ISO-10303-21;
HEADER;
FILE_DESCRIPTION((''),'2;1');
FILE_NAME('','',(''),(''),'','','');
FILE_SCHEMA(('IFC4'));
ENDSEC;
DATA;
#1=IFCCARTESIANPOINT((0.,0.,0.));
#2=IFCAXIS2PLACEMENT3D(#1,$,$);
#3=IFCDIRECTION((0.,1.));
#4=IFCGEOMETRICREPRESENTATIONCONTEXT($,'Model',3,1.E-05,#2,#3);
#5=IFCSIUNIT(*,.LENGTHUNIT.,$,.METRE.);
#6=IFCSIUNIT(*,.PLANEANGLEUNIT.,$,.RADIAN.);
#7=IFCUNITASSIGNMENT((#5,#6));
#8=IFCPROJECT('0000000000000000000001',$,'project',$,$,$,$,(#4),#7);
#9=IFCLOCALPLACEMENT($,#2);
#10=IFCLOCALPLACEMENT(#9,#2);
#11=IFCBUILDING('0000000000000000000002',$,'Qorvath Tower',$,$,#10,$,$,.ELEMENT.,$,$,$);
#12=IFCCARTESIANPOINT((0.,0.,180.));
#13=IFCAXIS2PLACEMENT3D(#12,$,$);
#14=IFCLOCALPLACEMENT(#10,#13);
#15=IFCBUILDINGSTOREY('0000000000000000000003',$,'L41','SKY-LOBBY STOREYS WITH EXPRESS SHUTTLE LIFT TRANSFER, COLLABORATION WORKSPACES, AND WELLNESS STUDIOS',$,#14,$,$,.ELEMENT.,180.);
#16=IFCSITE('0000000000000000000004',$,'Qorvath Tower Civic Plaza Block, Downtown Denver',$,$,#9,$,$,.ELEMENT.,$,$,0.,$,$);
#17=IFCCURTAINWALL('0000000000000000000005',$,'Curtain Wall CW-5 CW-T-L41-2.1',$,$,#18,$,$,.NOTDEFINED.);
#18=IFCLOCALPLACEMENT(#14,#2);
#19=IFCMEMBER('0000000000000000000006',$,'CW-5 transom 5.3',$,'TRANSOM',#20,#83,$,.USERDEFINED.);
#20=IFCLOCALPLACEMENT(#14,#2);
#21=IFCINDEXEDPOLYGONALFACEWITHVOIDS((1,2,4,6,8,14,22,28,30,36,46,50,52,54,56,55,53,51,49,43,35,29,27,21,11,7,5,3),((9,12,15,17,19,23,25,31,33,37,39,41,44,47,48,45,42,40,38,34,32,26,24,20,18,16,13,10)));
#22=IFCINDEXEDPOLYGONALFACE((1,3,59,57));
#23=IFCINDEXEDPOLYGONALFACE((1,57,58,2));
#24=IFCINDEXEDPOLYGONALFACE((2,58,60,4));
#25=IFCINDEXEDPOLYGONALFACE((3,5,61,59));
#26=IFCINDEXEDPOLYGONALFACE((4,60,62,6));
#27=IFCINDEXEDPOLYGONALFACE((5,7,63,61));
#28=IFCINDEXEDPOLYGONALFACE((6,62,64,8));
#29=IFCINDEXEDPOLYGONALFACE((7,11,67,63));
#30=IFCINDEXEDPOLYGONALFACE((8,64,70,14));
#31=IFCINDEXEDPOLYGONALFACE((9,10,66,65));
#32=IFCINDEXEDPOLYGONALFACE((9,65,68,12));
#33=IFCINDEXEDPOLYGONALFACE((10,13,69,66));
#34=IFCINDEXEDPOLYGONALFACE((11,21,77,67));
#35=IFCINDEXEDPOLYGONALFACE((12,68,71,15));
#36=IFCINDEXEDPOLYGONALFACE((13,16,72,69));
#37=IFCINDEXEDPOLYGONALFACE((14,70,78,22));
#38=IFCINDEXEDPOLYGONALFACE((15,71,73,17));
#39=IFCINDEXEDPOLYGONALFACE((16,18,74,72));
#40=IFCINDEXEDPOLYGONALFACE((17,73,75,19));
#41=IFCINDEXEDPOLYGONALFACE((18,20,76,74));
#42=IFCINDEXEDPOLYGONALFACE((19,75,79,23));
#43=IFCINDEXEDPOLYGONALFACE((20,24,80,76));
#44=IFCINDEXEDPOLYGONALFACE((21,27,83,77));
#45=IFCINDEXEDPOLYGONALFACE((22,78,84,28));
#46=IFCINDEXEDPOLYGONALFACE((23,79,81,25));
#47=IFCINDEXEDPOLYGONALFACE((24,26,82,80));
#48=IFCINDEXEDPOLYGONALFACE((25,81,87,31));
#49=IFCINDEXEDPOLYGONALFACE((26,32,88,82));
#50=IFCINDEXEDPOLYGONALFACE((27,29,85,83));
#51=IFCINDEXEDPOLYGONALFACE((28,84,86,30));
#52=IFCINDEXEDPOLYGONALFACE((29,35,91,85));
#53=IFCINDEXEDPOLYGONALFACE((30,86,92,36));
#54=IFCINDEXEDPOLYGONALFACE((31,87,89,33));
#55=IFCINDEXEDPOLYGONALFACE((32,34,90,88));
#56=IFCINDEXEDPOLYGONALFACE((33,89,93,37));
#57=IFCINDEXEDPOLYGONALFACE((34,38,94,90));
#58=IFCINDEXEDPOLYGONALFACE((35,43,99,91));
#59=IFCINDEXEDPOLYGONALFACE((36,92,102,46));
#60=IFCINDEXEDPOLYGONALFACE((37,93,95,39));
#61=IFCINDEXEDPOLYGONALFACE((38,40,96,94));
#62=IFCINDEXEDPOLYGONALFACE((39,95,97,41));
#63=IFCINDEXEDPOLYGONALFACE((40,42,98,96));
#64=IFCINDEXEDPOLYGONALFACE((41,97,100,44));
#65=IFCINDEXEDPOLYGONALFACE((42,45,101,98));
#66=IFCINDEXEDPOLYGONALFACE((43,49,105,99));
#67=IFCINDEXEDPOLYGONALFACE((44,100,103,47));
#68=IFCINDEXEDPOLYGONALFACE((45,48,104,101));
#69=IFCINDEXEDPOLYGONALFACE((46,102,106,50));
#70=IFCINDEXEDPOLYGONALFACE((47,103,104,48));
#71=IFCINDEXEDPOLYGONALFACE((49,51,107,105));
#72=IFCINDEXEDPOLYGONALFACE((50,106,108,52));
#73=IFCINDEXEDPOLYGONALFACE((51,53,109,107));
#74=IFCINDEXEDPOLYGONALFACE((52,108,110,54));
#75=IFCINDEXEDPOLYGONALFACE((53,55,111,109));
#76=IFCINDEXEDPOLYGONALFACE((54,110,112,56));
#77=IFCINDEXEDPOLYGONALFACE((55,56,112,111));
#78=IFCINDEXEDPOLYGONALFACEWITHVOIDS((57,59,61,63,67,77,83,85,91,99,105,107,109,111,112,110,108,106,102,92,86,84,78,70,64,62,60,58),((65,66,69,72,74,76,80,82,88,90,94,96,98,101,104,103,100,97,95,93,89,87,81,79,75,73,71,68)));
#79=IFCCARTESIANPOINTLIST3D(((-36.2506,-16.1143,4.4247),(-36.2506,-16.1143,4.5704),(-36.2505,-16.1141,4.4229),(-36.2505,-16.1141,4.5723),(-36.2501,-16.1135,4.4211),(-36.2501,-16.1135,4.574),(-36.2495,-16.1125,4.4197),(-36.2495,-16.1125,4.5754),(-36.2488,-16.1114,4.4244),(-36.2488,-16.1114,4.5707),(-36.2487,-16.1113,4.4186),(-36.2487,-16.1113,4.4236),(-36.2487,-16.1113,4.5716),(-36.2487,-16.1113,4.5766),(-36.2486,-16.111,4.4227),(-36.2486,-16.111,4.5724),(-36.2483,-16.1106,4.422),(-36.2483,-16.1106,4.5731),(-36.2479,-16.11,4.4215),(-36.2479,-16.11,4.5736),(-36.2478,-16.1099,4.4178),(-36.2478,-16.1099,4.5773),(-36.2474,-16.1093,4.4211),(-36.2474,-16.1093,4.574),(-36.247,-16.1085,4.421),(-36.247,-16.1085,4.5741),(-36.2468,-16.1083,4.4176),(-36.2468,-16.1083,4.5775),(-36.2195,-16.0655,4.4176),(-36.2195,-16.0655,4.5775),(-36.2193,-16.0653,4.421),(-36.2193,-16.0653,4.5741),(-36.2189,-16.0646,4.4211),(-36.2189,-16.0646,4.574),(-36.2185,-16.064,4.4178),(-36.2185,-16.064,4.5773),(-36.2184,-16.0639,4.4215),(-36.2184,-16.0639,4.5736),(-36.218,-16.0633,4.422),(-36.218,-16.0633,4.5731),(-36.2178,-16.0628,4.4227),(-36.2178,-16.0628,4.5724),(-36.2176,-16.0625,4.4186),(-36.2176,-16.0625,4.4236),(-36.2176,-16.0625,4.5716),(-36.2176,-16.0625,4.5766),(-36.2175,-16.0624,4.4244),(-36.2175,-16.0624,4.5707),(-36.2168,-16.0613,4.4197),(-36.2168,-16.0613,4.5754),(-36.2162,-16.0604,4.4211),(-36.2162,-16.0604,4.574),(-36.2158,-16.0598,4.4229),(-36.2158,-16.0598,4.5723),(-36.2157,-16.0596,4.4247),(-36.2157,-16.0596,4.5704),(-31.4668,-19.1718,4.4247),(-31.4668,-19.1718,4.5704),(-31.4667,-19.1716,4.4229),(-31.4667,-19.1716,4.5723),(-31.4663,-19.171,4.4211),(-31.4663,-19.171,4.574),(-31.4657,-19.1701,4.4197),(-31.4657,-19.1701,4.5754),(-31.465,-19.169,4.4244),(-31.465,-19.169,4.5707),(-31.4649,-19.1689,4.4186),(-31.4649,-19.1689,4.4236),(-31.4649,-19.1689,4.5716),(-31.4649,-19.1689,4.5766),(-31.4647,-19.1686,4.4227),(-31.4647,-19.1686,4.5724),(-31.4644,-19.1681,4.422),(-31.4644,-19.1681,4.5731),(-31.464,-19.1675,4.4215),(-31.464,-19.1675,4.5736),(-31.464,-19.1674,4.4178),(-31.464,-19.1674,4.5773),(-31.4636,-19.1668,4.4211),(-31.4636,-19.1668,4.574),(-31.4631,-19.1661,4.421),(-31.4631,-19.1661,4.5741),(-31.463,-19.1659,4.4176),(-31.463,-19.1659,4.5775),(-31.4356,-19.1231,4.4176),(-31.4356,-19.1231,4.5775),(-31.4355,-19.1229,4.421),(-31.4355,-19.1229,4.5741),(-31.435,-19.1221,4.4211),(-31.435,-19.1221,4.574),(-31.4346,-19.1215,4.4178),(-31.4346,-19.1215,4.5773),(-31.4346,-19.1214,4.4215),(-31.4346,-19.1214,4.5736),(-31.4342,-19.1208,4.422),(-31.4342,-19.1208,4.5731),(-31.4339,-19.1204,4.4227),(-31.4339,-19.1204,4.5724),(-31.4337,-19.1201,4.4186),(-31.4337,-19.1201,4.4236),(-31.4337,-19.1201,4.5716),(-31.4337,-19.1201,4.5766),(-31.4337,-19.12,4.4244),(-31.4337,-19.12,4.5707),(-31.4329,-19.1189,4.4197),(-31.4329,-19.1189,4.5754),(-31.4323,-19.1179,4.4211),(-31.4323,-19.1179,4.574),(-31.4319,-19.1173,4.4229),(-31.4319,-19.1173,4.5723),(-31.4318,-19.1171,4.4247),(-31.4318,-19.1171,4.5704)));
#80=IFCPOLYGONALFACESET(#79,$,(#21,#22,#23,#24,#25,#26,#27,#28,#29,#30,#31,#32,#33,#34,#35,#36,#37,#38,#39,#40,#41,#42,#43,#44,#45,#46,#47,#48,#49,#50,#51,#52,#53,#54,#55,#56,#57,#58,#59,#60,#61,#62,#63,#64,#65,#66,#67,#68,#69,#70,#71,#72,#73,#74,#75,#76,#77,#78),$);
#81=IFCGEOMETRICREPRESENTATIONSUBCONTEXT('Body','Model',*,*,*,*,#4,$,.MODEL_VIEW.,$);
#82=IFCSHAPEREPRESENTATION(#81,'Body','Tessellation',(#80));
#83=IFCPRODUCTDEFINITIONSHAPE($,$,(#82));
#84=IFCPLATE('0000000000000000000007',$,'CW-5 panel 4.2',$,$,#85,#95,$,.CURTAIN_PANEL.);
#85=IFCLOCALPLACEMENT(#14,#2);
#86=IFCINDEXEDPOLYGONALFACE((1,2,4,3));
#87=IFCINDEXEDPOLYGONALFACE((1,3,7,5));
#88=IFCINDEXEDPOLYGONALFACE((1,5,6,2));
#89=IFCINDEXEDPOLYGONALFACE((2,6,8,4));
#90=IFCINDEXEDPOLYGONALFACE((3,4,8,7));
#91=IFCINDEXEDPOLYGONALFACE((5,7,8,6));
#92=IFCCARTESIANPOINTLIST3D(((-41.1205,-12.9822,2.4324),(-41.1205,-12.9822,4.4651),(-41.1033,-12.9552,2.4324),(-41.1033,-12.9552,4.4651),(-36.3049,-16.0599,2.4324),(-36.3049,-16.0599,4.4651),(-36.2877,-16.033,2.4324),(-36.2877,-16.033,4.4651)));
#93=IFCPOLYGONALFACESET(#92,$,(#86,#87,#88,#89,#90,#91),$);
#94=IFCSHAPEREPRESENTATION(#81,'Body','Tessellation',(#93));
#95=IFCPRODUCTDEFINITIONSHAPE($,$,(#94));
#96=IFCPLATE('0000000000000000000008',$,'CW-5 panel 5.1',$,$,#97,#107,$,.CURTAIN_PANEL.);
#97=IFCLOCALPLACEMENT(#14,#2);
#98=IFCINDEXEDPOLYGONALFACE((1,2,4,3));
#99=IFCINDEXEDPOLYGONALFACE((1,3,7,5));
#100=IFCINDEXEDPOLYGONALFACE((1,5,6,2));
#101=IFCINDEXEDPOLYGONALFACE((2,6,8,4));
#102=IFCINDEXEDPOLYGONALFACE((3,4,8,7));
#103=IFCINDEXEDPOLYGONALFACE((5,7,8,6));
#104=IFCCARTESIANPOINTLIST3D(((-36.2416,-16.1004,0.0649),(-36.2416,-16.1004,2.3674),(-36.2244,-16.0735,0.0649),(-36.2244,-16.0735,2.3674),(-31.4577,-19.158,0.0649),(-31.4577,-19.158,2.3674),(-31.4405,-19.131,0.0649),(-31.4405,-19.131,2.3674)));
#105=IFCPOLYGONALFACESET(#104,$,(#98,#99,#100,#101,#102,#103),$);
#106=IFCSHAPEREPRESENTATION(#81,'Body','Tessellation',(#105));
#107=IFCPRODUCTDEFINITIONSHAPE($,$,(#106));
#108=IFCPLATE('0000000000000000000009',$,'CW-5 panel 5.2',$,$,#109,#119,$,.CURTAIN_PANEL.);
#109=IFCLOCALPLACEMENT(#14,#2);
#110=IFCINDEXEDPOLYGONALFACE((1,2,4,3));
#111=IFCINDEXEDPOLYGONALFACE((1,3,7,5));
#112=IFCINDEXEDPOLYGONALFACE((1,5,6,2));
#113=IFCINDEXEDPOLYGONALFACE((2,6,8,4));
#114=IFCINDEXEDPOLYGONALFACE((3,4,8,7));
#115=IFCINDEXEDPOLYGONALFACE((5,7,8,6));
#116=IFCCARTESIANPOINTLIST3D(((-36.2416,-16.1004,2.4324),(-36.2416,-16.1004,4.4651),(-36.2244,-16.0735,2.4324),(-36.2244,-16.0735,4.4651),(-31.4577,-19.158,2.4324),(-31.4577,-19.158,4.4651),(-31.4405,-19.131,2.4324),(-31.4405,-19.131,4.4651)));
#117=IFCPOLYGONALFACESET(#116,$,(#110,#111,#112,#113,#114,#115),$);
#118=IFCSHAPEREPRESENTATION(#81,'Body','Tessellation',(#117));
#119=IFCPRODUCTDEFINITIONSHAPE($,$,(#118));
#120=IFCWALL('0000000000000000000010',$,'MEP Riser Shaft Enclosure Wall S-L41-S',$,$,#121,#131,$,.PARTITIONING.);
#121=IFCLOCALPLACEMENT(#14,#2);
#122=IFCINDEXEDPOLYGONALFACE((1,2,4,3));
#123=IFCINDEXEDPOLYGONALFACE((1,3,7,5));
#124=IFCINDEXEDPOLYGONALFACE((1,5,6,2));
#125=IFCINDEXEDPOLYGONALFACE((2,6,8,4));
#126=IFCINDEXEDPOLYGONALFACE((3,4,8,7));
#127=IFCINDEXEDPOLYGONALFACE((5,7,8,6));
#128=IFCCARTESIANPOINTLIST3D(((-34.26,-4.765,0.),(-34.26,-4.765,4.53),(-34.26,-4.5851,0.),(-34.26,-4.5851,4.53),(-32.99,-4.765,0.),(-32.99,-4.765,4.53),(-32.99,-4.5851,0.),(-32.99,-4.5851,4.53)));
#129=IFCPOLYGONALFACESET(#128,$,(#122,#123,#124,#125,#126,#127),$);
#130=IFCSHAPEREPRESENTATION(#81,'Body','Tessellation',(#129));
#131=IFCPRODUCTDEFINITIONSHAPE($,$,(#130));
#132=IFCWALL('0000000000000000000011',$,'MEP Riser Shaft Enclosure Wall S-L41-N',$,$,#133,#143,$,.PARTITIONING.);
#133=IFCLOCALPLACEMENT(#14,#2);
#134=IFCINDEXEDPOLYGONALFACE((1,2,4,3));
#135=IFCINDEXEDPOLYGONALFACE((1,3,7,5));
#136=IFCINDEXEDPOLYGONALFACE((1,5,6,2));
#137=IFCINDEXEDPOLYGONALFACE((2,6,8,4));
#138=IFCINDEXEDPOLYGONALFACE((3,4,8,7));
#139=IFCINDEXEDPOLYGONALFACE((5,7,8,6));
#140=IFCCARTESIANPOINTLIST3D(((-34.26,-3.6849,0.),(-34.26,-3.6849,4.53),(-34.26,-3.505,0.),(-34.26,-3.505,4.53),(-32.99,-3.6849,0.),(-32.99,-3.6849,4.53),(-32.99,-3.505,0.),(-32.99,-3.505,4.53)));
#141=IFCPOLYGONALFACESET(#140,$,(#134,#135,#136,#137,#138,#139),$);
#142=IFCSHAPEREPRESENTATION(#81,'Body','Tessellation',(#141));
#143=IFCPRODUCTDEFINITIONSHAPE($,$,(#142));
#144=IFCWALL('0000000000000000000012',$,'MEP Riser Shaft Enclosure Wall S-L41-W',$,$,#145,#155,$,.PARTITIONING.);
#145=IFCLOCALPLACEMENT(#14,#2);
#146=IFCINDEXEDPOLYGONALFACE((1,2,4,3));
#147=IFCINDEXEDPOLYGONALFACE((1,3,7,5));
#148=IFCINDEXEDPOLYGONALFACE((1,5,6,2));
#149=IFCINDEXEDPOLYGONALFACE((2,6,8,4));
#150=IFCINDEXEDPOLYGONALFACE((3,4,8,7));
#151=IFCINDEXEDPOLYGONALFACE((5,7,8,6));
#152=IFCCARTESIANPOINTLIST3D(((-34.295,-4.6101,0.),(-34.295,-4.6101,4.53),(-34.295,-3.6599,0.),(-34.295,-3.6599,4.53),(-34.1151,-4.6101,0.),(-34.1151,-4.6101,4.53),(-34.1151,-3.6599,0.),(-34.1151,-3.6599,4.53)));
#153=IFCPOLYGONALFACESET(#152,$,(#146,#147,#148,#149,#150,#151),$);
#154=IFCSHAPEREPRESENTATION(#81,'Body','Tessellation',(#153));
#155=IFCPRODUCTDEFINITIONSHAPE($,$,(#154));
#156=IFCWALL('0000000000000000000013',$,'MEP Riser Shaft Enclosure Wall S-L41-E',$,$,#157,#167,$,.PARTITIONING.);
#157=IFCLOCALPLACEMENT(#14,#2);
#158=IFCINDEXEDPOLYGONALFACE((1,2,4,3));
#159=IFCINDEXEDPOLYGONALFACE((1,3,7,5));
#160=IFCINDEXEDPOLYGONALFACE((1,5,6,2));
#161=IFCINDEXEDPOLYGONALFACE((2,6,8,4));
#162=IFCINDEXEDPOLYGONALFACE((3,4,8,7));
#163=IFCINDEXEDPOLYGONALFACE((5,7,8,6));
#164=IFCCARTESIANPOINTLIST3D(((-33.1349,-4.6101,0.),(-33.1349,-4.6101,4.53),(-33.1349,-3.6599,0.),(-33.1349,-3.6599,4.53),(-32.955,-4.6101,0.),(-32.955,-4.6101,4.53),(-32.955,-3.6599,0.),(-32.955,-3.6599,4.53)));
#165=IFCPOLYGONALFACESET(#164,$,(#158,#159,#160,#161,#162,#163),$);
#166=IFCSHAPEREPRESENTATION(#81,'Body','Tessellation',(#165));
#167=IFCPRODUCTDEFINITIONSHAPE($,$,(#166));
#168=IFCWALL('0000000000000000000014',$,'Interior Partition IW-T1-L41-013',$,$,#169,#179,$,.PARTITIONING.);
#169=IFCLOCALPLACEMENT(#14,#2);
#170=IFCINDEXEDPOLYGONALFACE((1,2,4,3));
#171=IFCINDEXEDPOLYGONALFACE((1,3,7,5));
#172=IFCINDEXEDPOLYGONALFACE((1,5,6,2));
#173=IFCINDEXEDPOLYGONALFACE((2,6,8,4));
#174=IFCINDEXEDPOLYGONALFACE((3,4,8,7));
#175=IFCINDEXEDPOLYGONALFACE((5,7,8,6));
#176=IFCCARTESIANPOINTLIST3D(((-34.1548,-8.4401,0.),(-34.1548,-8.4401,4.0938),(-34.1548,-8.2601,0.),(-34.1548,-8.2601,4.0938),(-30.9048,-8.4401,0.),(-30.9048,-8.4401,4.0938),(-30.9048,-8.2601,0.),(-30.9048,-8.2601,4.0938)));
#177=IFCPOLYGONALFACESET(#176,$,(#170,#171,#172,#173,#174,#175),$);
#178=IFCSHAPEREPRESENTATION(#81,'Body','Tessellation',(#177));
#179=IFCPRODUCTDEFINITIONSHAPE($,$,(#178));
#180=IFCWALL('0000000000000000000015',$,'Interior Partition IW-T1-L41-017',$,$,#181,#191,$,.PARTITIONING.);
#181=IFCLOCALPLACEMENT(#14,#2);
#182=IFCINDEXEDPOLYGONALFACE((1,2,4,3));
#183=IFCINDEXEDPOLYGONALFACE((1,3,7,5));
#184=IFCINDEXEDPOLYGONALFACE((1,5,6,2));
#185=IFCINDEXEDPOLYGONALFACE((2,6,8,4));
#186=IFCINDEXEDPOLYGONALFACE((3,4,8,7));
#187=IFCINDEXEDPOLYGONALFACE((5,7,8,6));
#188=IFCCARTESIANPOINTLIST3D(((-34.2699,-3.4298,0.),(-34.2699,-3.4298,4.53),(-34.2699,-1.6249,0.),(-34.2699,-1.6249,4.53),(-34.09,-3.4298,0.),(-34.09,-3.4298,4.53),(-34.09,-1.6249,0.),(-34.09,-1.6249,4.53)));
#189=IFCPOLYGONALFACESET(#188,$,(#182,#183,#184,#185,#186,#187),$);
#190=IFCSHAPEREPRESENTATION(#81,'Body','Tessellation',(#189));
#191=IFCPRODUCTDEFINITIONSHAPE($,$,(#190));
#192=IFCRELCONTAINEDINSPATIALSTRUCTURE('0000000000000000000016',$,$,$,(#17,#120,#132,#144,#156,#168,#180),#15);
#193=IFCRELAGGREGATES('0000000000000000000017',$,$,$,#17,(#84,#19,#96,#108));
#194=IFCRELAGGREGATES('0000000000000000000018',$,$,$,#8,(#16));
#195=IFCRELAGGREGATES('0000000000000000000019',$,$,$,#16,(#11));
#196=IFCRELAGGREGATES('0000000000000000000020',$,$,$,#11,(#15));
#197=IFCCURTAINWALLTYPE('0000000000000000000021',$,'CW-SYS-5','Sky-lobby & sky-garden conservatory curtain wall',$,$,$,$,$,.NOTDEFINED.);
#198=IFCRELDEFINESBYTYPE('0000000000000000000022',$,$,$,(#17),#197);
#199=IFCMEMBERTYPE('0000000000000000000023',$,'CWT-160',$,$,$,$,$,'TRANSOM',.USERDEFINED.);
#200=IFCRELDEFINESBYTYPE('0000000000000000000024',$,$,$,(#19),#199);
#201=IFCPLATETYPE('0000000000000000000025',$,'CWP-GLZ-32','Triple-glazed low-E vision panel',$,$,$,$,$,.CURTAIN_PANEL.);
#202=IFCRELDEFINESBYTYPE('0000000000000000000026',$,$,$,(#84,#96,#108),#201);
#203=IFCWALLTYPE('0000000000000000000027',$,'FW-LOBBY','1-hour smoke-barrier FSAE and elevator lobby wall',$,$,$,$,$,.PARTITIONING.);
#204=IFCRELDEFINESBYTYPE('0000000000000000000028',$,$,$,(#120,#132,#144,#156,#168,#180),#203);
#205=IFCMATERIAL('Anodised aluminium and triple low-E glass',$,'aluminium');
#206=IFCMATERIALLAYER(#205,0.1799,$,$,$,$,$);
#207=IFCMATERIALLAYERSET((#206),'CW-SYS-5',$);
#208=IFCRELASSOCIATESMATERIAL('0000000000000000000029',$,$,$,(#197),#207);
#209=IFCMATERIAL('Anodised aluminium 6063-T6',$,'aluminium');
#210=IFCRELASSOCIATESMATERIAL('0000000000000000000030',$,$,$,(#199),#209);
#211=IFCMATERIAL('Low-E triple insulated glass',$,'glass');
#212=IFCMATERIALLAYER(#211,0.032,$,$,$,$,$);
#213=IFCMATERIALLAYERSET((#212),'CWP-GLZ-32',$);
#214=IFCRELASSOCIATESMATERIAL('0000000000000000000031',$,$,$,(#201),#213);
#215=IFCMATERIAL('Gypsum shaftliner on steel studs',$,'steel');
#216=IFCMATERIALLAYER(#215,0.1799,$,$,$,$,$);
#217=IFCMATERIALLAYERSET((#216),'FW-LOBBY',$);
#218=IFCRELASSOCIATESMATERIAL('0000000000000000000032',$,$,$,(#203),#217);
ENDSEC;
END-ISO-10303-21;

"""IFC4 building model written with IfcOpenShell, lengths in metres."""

from ifc_helpers import new_model, si_unit, direction, frame, frame_2d, origin, origin_2d, place, context, subcontext, project, spatial, rectangle, hollow_rectangle, extrude, material, layer, layer_set, material_profile, profile_set, type_object, element, aggregate, save


model = new_model("IFC4")

# Units and contexts
model_context = context("Model", 3, precision=1e-05, world=origin(), true_north=direction((0.0, 1.0)))
body_context = subcontext(model_context, "Body", "Model", "MODEL_VIEW")
ifc_project = project(units=[si_unit("LENGTHUNIT", "METRE"), si_unit("PLANEANGLEUNIT", "RADIAN")], contexts=[model_context])

# Site, building, storey
site_placement = place(None, origin())
site = spatial("IfcSite", under=ifc_project, at=site_placement, Name="Qorvath Tower Civic Plaza Block, Downtown Denver", CompositionType="ELEMENT", RefElevation=0.0)
building_placement = place(site_placement, origin())
building = spatial("IfcBuilding", under=site, at=building_placement, Name="Qorvath Tower", CompositionType="ELEMENT")
storey_placement = place(building_placement, frame((0.0, 0.0, 180.0)))
storey = spatial("IfcBuildingStorey", under=building, at=storey_placement, Name="L41", Description="SKY-LOBBY STOREYS WITH EXPRESS SHUTTLE LIFT TRANSFER, COLLABORATION WORKSPACES, AND WELLNESS STUDIOS", CompositionType="ELEMENT", Elevation=180.0)

# Curtain wall, member, plates
ifc_material_1 = material(Name="Anodised aluminium and triple low-E glass", Category="aluminium")
ifc_layer_1 = layer(ifc_material_1, 0.1799)
ifc_layer_set_1 = layer_set([ifc_layer_1], Name="CW-SYS-5")
curtain_wall_type = type_object("IfcCurtainWallType", Name="CW-SYS-5", Description="Sky-lobby & sky-garden conservatory curtain wall", PredefinedType="NOTDEFINED", material=ifc_layer_set_1)
curtain_wall_placement = place(storey_placement, origin())
curtain_wall = element("IfcCurtainWall", 1, at=curtain_wall_placement, inside=storey, type_object=curtain_wall_type, Name="Curtain Wall CW-5 CW-T-L41-2.1", PredefinedType="NOTDEFINED")
ifc_material_2 = material(Name="Anodised aluminium 6063-T6", Category="aluminium")
ifc_material_profile_1 = material_profile(ifc_material_2, hollow_rectangle(XDim=0.0649, YDim=0.1599, WallThickness=0.0034, InnerFilletRadius=0.0034, OuterFilletRadius=0.0071, at=origin_2d()), Name="CWT 160x65")
ifc_profile_set_1 = profile_set([ifc_material_profile_1], Name="Anodised aluminium 6063-T6")
member_type_1 = type_object("IfcMemberType", Name="CWT-160", ElementType="TRANSOM", PredefinedType="USERDEFINED", material=ifc_profile_set_1)
member_1_placement = place(storey_placement, frame((-36.2332, -16.0869, 4.4976), z_axis=(0.842599, -0.538541, 0.0), x_axis=(0.538541, 0.842599, 0.0)))
member_1 = element("IfcMember", 2, at=member_1_placement, type_object=member_type_1, Name="CW-5 transom 5.3", ObjectType="TRANSOM", PredefinedType="USERDEFINED", context=body_context, shape_type="SweptSolid", body=[
    extrude(hollow_rectangle(XDim=0.0649, YDim=0.1599, WallThickness=0.0034, InnerFilletRadius=0.0034, OuterFilletRadius=0.0071, at=origin_2d()), origin(), (0.0, 0.0, 1.0), 5.6775),
])
ifc_material_3 = material(Name="Low-E triple insulated glass", Category="glass")
ifc_layer_2 = layer(ifc_material_3, 0.032)
ifc_layer_set_2 = layer_set([ifc_layer_2], Name="CWP-GLZ-32")
plate_type = type_object("IfcPlateType", Name="CWP-GLZ-32", Description="Triple-glazed low-E vision panel", PredefinedType="CURTAIN_PANEL", material=ifc_layer_set_2)
plate_1_placement = place(storey_placement, frame((-38.7041, -14.5076, 2.4324), z_axis=(0.0, 0.0, 1.0), x_axis=(0.842604, -0.538533, 0.0)))
plate_1 = element("IfcPlate", 3, at=plate_1_placement, type_object=plate_type, Name="CW-5 panel 4.2", PredefinedType="CURTAIN_PANEL", context=body_context, shape_type="SweptSolid", body=[
    extrude(rectangle(XDim=5.7151, YDim=0.032, at=origin_2d()), origin(), (0.0, 0.0, 1.0), 2.0327),
])
plate_2_placement = place(storey_placement, frame((-33.8411, -17.6157, 0.0649), z_axis=(0.0, 0.0, 1.0), x_axis=(0.842604, -0.538533, 0.0)))
plate_2 = element("IfcPlate", 4, at=plate_2_placement, type_object=plate_type, Name="CW-5 panel 5.1", PredefinedType="CURTAIN_PANEL", context=body_context, shape_type="SweptSolid", body=[
    extrude(rectangle(XDim=5.6775, YDim=0.032, at=origin_2d()), origin(), (0.0, 0.0, 1.0), 2.3025),
])
plate_3_placement = place(storey_placement, frame((-33.8411, -17.6157, 2.4324), z_axis=(0.0, 0.0, 1.0), x_axis=(0.842604, -0.538533, 0.0)))
plate_3 = element("IfcPlate", 5, at=plate_3_placement, type_object=plate_type, Name="CW-5 panel 5.2", PredefinedType="CURTAIN_PANEL", context=body_context, shape_type="SweptSolid", body=[
    extrude(rectangle(XDim=5.6775, YDim=0.032, at=origin_2d()), origin(), (0.0, 0.0, 1.0), 2.0327),
])
aggregate(curtain_wall, [plate_1, member_1, plate_2, plate_3])

# Walls
ifc_material_4 = material(Name="Gypsum shaftliner on steel studs", Category="steel")
ifc_layer_3 = layer(ifc_material_4, 0.1799)
ifc_layer_set_3 = layer_set([ifc_layer_3], Name="FW-LOBBY")
wall_type_1 = type_object("IfcWallType", Name="FW-LOBBY", Description="1-hour smoke-barrier FSAE and elevator lobby wall", PredefinedType="PARTITIONING", material=ifc_layer_set_3)
for number, where, z_axis, x_axis, name in (
    (6, (-32.99, -4.675, 0.0), (0.0, 0.0, 1.0), (-1.0, 0.0, 0.0), "MEP Riser Shaft Enclosure Wall S-L41-S"),
    (7, (-34.26, -3.595, 0.0), (0.0, 0.0, 1.0), (1.0, 0.0, 0.0), "MEP Riser Shaft Enclosure Wall S-L41-N"),
):
    element("IfcWall", number, at=place(storey_placement, frame(where, z_axis=z_axis, x_axis=x_axis)), inside=storey, type_object=wall_type_1, Name=name, PredefinedType="PARTITIONING", context=body_context, shape_type="SweptSolid", body=[
        extrude(rectangle(XDim=1.27, YDim=0.1799, at=frame_2d((0.635, 0.0))), origin(), (0.0, 0.0, 1.0), 4.53),
    ])
for number, where, z_axis, x_axis, name in (
    (8, (-34.2051, -4.6101, 0.0), (0.0, 0.0, 1.0), (0.0, 1.0, 0.0), "MEP Riser Shaft Enclosure Wall S-L41-W"),
    (9, (-33.0449, -3.6599, 0.0), (0.0, 0.0, 1.0), (0.0, -1.0, 0.0), "MEP Riser Shaft Enclosure Wall S-L41-E"),
):
    element("IfcWall", number, at=place(storey_placement, frame(where, z_axis=z_axis, x_axis=x_axis)), inside=storey, type_object=wall_type_1, Name=name, PredefinedType="PARTITIONING", context=body_context, shape_type="SweptSolid", body=[
        extrude(rectangle(XDim=0.9502, YDim=0.1799, at=frame_2d((0.4751, 0.0))), origin(), (0.0, 0.0, 1.0), 4.53),
    ])
wall_1_placement = place(storey_placement, frame((-34.1548, -8.3501, 0.0), z_axis=(0.0, 0.0, 1.0), x_axis=(1.0, 0.0, 0.0)))
element("IfcWall", 10, at=wall_1_placement, inside=storey, type_object=wall_type_1, Name="Interior Partition IW-T1-L41-013", PredefinedType="PARTITIONING", context=body_context, shape_type="SweptSolid", body=[
    extrude(rectangle(XDim=3.25, YDim=0.1799, at=frame_2d((1.625, 0.0))), origin(), (0.0, 0.0, 1.0), 4.0938),
])
wall_2_placement = place(storey_placement, frame((-34.1799, -1.625, 0.0), z_axis=(0.0, 0.0, 1.0), x_axis=(0.0, -1.0, 0.0)))
element("IfcWall", 11, at=wall_2_placement, inside=storey, type_object=wall_type_1, Name="Interior Partition IW-T1-L41-017", PredefinedType="PARTITIONING", context=body_context, shape_type="SweptSolid", body=[
    extrude(rectangle(XDim=1.8049, YDim=0.1799, at=frame_2d((0.9023, 0.0))), origin(), (0.0, 0.0, 1.0), 4.53),
])

save(model, "model.ifc")
